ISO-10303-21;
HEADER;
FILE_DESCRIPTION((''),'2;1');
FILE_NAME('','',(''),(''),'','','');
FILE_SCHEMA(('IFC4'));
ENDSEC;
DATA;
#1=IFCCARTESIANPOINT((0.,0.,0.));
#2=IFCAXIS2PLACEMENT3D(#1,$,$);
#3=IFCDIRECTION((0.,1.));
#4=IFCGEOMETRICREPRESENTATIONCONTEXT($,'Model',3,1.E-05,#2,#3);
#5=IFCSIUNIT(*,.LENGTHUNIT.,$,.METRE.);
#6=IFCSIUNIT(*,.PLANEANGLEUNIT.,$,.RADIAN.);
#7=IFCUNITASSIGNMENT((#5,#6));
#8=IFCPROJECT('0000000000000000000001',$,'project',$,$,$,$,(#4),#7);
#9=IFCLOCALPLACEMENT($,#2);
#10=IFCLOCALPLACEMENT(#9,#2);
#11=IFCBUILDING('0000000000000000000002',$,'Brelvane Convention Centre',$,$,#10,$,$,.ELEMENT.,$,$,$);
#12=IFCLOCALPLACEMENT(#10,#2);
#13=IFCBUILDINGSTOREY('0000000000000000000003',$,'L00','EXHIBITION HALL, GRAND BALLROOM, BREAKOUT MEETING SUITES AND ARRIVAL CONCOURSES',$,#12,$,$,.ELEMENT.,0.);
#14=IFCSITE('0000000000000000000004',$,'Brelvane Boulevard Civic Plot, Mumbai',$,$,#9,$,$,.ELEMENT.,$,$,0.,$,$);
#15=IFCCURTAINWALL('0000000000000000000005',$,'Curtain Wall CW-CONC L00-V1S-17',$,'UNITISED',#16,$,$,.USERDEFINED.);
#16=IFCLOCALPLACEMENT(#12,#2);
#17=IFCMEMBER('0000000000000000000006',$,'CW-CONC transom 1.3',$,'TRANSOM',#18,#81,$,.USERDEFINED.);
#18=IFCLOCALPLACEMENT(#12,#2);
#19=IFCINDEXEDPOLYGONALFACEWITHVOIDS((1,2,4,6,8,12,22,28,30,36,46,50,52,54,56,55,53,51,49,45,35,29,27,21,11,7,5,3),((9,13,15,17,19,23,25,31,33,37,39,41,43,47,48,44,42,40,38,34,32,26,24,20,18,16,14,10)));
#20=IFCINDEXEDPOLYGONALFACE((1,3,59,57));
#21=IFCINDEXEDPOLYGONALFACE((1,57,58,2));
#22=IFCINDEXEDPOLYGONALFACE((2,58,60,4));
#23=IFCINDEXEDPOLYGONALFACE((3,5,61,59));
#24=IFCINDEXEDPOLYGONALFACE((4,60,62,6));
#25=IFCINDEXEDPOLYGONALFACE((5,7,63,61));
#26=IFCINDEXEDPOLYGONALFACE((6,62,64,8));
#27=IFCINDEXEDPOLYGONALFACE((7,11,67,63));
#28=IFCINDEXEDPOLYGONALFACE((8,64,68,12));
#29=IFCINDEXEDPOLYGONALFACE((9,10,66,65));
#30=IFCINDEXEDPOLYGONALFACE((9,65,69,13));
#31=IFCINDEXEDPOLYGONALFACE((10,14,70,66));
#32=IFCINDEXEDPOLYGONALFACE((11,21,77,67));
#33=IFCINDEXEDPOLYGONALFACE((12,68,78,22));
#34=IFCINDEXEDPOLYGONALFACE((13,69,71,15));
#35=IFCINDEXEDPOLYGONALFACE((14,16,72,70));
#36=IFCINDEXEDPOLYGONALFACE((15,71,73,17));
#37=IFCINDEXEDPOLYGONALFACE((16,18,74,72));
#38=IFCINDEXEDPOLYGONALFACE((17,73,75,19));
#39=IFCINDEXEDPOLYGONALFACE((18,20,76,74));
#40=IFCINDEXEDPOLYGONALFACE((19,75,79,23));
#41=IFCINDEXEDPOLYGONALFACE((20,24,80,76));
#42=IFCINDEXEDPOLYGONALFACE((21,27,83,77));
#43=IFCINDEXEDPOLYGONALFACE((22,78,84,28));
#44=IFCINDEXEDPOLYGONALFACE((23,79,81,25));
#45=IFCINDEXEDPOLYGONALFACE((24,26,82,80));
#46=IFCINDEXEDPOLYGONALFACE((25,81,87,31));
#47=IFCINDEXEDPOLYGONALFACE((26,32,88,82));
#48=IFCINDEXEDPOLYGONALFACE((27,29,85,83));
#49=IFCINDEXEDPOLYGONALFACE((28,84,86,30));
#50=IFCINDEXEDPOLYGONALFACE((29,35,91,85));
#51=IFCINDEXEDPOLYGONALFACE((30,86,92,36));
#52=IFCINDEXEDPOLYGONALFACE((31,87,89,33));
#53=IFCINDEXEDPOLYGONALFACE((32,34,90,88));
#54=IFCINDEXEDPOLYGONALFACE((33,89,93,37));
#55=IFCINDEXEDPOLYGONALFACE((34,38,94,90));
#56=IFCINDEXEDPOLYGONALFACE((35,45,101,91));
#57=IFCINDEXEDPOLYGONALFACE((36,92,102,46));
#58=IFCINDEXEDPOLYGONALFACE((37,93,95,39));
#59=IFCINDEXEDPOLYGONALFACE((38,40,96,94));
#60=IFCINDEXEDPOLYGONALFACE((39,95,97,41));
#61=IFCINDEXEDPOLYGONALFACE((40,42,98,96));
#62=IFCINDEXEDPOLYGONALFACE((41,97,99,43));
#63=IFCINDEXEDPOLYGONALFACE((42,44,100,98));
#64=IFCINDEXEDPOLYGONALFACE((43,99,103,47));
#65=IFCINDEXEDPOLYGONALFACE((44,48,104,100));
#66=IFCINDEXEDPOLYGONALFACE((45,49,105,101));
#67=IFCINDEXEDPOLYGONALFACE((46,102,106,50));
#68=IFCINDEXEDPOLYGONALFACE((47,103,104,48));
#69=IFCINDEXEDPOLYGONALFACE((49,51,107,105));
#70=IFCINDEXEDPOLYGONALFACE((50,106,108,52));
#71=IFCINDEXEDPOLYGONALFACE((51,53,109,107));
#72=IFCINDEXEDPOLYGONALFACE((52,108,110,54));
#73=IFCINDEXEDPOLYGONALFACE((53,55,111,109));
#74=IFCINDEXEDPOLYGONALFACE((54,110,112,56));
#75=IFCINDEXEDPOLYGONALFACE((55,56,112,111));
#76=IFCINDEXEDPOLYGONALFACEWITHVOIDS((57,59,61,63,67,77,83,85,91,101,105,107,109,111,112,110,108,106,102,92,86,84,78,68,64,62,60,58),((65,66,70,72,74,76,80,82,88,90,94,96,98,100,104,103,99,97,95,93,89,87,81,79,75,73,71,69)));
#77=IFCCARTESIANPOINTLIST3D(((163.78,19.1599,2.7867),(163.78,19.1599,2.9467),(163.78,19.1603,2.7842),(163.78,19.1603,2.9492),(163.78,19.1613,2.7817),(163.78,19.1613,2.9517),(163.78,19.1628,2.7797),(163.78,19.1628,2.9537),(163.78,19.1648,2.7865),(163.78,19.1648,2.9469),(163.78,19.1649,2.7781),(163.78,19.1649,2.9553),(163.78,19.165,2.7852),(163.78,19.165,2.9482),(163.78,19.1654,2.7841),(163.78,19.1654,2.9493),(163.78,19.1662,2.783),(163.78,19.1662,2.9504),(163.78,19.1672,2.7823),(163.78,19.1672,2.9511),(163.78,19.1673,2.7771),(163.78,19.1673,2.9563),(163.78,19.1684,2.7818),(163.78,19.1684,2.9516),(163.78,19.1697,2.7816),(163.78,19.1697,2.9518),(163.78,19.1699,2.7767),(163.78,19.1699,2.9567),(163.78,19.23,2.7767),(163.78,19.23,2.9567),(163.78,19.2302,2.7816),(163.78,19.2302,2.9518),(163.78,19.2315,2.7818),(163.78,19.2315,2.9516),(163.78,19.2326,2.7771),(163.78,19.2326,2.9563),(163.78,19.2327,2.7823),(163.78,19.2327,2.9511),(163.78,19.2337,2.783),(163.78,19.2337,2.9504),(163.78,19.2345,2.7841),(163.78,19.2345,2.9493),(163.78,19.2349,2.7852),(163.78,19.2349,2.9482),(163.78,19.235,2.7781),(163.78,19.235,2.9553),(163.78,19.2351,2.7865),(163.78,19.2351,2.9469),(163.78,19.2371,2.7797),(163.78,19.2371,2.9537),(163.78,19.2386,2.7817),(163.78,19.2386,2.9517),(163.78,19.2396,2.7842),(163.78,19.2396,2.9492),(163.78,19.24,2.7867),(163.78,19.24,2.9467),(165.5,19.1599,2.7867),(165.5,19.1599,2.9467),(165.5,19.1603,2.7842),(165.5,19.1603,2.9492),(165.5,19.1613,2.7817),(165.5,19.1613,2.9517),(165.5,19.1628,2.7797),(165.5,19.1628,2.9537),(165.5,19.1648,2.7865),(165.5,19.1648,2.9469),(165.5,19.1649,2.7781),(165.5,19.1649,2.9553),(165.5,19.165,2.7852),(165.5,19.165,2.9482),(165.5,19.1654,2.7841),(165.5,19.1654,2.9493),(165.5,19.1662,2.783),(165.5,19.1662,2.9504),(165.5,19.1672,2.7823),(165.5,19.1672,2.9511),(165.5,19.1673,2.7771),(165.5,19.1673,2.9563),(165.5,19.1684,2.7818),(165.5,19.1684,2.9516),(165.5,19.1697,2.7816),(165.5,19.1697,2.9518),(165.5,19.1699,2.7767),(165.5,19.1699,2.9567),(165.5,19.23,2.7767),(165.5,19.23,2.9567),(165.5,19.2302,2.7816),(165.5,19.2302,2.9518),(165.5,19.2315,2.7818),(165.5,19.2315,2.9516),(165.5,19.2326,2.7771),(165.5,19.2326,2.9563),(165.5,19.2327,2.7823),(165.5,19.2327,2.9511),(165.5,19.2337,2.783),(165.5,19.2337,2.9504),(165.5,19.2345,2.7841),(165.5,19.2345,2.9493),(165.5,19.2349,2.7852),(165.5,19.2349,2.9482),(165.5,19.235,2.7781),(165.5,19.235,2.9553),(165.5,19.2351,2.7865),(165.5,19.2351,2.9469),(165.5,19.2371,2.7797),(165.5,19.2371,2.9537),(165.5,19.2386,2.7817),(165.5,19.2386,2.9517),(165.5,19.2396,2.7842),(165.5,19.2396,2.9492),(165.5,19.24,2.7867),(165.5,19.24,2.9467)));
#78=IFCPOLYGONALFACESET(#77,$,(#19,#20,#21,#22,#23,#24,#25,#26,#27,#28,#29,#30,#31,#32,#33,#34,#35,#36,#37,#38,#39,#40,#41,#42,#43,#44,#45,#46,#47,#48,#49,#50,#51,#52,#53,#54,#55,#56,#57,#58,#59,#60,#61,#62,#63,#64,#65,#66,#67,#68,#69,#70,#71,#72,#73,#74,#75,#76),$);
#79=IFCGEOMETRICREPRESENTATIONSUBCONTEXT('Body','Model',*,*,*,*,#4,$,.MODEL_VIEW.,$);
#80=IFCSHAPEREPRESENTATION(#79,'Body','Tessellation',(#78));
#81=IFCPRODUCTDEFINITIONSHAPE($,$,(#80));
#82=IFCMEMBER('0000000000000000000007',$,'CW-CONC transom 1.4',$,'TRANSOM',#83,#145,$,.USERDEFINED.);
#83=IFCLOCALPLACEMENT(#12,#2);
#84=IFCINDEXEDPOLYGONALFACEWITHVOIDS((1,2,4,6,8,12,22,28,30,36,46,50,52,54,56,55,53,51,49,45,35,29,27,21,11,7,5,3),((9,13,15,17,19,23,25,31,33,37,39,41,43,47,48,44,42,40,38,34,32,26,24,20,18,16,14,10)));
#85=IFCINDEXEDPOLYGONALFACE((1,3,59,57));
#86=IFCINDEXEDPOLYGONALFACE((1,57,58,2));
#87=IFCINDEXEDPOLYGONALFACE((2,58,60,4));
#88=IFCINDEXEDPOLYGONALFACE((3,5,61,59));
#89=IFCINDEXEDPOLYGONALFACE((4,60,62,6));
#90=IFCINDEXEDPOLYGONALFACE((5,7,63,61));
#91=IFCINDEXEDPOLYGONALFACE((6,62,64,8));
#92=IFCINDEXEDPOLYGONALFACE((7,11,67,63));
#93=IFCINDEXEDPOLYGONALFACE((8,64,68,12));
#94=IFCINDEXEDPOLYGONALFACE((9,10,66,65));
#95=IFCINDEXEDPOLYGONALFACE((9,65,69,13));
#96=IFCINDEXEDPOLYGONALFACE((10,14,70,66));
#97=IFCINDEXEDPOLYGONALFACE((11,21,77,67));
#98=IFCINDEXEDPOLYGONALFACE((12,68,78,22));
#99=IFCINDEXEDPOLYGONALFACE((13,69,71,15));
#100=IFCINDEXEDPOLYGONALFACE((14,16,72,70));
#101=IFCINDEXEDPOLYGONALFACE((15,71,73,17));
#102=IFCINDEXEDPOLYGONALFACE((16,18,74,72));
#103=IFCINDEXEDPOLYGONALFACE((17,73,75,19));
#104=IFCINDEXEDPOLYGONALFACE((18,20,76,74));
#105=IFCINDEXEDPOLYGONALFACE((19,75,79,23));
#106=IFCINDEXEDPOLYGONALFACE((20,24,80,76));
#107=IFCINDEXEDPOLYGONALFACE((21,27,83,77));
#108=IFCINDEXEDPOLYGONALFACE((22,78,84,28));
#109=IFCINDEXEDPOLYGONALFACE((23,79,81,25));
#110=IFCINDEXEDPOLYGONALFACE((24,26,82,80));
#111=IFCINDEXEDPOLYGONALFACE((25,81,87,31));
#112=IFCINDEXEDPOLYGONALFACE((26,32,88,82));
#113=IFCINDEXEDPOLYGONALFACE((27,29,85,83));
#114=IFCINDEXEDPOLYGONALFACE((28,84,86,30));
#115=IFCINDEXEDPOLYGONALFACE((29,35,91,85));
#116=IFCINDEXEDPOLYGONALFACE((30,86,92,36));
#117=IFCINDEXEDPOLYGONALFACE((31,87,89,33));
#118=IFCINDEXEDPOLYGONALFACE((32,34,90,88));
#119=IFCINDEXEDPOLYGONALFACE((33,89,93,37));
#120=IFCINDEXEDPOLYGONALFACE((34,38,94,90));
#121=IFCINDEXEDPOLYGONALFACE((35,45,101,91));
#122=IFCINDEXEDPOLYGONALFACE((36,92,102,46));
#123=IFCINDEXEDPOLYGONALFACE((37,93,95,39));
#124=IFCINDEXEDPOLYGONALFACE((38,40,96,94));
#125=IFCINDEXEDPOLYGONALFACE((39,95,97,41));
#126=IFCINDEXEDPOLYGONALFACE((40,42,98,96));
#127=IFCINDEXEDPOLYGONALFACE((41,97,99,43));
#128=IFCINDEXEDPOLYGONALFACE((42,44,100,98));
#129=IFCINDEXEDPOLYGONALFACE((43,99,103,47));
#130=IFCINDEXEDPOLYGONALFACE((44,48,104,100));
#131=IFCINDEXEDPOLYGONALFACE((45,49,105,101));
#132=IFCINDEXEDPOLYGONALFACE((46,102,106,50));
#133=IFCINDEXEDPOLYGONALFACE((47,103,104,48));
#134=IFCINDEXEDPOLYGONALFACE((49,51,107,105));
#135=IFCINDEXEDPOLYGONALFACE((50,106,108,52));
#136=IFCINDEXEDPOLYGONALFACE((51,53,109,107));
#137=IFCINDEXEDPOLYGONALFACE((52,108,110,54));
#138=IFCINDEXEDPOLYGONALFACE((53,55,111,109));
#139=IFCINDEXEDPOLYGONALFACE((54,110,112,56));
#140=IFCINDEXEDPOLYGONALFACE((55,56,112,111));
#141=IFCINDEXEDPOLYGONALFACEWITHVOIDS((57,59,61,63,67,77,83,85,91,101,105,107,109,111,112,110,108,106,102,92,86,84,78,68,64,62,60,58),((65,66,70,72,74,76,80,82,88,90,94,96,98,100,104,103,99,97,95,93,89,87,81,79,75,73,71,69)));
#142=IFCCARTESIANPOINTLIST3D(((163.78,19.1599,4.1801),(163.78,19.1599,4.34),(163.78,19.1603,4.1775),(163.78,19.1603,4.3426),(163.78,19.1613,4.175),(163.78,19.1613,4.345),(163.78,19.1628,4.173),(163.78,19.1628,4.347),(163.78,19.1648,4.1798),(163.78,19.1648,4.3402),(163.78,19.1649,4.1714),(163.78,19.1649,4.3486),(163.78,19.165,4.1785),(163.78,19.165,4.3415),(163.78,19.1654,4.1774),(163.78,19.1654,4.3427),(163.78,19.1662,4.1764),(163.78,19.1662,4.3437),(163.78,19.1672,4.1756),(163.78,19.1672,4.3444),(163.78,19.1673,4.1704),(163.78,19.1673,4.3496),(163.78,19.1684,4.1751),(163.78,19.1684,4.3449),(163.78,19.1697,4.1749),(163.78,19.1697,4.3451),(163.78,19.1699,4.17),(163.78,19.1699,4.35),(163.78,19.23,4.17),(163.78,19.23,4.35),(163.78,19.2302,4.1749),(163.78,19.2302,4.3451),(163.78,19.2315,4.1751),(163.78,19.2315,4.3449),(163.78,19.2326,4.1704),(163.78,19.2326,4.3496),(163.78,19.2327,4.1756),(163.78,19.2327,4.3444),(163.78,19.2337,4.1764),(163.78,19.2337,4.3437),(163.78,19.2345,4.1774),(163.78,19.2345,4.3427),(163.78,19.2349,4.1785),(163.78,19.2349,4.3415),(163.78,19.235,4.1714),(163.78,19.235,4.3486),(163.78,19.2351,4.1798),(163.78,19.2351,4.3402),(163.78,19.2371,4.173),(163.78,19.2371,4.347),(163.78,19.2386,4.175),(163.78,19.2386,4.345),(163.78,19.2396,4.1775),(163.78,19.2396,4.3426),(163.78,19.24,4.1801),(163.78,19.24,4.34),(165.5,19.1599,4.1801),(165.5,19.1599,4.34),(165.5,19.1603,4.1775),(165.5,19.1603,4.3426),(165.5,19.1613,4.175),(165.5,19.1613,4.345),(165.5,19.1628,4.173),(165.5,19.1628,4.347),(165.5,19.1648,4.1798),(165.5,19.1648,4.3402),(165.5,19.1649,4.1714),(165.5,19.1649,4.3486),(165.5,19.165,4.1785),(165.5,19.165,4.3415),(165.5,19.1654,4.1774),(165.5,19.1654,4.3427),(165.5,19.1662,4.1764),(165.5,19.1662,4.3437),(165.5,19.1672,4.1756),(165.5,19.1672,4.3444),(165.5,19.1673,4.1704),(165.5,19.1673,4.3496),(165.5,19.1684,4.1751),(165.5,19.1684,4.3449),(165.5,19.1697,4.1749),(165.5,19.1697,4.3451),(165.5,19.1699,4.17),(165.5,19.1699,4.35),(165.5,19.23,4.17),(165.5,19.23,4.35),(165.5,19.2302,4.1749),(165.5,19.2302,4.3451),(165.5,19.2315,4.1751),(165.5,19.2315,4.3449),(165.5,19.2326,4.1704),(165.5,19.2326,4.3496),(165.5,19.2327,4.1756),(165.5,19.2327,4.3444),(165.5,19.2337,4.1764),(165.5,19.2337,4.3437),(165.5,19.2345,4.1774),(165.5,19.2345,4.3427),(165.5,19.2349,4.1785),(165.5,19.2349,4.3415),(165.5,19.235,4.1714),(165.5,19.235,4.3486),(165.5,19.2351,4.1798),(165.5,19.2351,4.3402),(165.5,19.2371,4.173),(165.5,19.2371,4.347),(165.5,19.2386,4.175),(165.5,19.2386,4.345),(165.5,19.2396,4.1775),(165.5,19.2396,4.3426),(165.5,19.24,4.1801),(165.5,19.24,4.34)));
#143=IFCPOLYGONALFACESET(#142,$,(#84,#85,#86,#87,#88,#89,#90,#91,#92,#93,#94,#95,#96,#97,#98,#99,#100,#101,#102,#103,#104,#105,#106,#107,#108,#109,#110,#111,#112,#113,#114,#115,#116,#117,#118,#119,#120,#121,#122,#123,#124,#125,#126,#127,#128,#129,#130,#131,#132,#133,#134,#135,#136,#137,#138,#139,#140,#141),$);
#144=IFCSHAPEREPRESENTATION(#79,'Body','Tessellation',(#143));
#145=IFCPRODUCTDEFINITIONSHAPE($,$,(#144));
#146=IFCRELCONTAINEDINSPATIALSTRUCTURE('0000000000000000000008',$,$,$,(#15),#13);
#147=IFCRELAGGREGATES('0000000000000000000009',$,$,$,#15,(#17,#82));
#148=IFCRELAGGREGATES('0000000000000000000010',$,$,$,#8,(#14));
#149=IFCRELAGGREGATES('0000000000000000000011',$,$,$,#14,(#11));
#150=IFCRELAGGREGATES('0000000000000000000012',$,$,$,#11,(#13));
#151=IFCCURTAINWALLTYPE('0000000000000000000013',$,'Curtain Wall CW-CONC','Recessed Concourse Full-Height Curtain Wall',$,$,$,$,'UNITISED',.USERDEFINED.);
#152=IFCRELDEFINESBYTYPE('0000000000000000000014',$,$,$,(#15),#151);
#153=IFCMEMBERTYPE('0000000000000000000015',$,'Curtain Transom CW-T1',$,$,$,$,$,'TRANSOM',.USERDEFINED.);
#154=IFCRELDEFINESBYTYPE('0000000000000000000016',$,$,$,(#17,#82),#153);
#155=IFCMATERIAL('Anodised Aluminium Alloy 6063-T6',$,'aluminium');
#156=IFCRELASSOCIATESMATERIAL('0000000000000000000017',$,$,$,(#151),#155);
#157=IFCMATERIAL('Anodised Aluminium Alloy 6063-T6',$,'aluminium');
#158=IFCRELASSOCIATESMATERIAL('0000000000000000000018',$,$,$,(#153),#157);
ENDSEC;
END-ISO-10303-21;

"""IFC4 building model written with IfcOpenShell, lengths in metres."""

from ifc_helpers import new_model, si_unit, direction, frame, origin, origin_2d, place, context, subcontext, project, spatial, hollow_rectangle, extrude, material, material_profile, profile_set, type_object, element, aggregate, save


model = new_model("IFC4")

# Units and contexts
model_context = context("Model", 3, precision=1e-05, world=origin(), true_north=direction((0.0, 1.0)))
body_context = subcontext(model_context, "Body", "Model", "MODEL_VIEW")
ifc_project = project(units=[si_unit("LENGTHUNIT", "METRE"), si_unit("PLANEANGLEUNIT", "RADIAN")], contexts=[model_context])

# Site, building, storey
site_placement = place(None, origin())
site = spatial("IfcSite", under=ifc_project, at=site_placement, Name="Brelvane Boulevard Civic Plot, Mumbai", CompositionType="ELEMENT", RefElevation=0.0)
building_placement = place(site_placement, origin())
building = spatial("IfcBuilding", under=site, at=building_placement, Name="Brelvane Convention Centre", CompositionType="ELEMENT")
storey_placement = place(building_placement, origin())
storey = spatial("IfcBuildingStorey", under=building, at=storey_placement, Name="L00", Description="EXHIBITION HALL, GRAND BALLROOM, BREAKOUT MEETING SUITES AND ARRIVAL CONCOURSES", CompositionType="ELEMENT", Elevation=0.0)

# Curtain wall, members
ifc_material_1 = material(Name="Anodised Aluminium Alloy 6063-T6", Category="aluminium")
curtain_wall_type = type_object("IfcCurtainWallType", Name="Curtain Wall CW-CONC", Description="Recessed Concourse Full-Height Curtain Wall", ElementType="UNITISED", PredefinedType="USERDEFINED", material=ifc_material_1)
curtain_wall_placement = place(storey_placement, origin())
curtain_wall = element("IfcCurtainWall", 1, at=curtain_wall_placement, inside=storey, type_object=curtain_wall_type, Name="Curtain Wall CW-CONC L00-V1S-17", ObjectType="UNITISED", PredefinedType="USERDEFINED")
ifc_material_2 = material(Name="Anodised Aluminium Alloy 6063-T6", Category="aluminium")
ifc_material_profile_1 = material_profile(ifc_material_2, hollow_rectangle(XDim=0.0801, YDim=0.1799, WallThickness=0.0049, InnerFilletRadius=0.0049, OuterFilletRadius=0.01, at=origin_2d()), Name="ALU-T 180x80x5.0")
ifc_profile_set_1 = profile_set([ifc_material_profile_1], Name="Anodised Aluminium Alloy 6063-T6")
member_type_1 = type_object("IfcMemberType", Name="Curtain Transom CW-T1", ElementType="TRANSOM", PredefinedType="USERDEFINED", material=ifc_profile_set_1)
member_1_placement = place(storey_placement, frame((163.78, 19.2, 2.8667), z_axis=(1.0, 0.0, 0.0), x_axis=(0.0, 1.0, 0.0)))
member_1 = element("IfcMember", 2, at=member_1_placement, type_object=member_type_1, Name="CW-CONC transom 1.3", ObjectType="TRANSOM", PredefinedType="USERDEFINED", context=body_context, shape_type="SweptSolid", body=[
    extrude(hollow_rectangle(XDim=0.0801, YDim=0.1799, WallThickness=0.0049, InnerFilletRadius=0.0049, OuterFilletRadius=0.01, at=origin_2d()), origin(), (0.0, 0.0, 1.0), 1.72),
])
member_2_placement = place(storey_placement, frame((163.78, 19.2, 4.26), z_axis=(1.0, 0.0, 0.0), x_axis=(0.0, 1.0, 0.0)))
member_2 = element("IfcMember", 3, at=member_2_placement, type_object=member_type_1, Name="CW-CONC transom 1.4", ObjectType="TRANSOM", PredefinedType="USERDEFINED", context=body_context, shape_type="SweptSolid", body=[
    extrude(hollow_rectangle(XDim=0.0801, YDim=0.1799, WallThickness=0.0049, InnerFilletRadius=0.0049, OuterFilletRadius=0.01, at=origin_2d()), origin(), (0.0, 0.0, 1.0), 1.72),
])

aggregate(curtain_wall, [member_1, member_2])

save(model, "model.ifc")
